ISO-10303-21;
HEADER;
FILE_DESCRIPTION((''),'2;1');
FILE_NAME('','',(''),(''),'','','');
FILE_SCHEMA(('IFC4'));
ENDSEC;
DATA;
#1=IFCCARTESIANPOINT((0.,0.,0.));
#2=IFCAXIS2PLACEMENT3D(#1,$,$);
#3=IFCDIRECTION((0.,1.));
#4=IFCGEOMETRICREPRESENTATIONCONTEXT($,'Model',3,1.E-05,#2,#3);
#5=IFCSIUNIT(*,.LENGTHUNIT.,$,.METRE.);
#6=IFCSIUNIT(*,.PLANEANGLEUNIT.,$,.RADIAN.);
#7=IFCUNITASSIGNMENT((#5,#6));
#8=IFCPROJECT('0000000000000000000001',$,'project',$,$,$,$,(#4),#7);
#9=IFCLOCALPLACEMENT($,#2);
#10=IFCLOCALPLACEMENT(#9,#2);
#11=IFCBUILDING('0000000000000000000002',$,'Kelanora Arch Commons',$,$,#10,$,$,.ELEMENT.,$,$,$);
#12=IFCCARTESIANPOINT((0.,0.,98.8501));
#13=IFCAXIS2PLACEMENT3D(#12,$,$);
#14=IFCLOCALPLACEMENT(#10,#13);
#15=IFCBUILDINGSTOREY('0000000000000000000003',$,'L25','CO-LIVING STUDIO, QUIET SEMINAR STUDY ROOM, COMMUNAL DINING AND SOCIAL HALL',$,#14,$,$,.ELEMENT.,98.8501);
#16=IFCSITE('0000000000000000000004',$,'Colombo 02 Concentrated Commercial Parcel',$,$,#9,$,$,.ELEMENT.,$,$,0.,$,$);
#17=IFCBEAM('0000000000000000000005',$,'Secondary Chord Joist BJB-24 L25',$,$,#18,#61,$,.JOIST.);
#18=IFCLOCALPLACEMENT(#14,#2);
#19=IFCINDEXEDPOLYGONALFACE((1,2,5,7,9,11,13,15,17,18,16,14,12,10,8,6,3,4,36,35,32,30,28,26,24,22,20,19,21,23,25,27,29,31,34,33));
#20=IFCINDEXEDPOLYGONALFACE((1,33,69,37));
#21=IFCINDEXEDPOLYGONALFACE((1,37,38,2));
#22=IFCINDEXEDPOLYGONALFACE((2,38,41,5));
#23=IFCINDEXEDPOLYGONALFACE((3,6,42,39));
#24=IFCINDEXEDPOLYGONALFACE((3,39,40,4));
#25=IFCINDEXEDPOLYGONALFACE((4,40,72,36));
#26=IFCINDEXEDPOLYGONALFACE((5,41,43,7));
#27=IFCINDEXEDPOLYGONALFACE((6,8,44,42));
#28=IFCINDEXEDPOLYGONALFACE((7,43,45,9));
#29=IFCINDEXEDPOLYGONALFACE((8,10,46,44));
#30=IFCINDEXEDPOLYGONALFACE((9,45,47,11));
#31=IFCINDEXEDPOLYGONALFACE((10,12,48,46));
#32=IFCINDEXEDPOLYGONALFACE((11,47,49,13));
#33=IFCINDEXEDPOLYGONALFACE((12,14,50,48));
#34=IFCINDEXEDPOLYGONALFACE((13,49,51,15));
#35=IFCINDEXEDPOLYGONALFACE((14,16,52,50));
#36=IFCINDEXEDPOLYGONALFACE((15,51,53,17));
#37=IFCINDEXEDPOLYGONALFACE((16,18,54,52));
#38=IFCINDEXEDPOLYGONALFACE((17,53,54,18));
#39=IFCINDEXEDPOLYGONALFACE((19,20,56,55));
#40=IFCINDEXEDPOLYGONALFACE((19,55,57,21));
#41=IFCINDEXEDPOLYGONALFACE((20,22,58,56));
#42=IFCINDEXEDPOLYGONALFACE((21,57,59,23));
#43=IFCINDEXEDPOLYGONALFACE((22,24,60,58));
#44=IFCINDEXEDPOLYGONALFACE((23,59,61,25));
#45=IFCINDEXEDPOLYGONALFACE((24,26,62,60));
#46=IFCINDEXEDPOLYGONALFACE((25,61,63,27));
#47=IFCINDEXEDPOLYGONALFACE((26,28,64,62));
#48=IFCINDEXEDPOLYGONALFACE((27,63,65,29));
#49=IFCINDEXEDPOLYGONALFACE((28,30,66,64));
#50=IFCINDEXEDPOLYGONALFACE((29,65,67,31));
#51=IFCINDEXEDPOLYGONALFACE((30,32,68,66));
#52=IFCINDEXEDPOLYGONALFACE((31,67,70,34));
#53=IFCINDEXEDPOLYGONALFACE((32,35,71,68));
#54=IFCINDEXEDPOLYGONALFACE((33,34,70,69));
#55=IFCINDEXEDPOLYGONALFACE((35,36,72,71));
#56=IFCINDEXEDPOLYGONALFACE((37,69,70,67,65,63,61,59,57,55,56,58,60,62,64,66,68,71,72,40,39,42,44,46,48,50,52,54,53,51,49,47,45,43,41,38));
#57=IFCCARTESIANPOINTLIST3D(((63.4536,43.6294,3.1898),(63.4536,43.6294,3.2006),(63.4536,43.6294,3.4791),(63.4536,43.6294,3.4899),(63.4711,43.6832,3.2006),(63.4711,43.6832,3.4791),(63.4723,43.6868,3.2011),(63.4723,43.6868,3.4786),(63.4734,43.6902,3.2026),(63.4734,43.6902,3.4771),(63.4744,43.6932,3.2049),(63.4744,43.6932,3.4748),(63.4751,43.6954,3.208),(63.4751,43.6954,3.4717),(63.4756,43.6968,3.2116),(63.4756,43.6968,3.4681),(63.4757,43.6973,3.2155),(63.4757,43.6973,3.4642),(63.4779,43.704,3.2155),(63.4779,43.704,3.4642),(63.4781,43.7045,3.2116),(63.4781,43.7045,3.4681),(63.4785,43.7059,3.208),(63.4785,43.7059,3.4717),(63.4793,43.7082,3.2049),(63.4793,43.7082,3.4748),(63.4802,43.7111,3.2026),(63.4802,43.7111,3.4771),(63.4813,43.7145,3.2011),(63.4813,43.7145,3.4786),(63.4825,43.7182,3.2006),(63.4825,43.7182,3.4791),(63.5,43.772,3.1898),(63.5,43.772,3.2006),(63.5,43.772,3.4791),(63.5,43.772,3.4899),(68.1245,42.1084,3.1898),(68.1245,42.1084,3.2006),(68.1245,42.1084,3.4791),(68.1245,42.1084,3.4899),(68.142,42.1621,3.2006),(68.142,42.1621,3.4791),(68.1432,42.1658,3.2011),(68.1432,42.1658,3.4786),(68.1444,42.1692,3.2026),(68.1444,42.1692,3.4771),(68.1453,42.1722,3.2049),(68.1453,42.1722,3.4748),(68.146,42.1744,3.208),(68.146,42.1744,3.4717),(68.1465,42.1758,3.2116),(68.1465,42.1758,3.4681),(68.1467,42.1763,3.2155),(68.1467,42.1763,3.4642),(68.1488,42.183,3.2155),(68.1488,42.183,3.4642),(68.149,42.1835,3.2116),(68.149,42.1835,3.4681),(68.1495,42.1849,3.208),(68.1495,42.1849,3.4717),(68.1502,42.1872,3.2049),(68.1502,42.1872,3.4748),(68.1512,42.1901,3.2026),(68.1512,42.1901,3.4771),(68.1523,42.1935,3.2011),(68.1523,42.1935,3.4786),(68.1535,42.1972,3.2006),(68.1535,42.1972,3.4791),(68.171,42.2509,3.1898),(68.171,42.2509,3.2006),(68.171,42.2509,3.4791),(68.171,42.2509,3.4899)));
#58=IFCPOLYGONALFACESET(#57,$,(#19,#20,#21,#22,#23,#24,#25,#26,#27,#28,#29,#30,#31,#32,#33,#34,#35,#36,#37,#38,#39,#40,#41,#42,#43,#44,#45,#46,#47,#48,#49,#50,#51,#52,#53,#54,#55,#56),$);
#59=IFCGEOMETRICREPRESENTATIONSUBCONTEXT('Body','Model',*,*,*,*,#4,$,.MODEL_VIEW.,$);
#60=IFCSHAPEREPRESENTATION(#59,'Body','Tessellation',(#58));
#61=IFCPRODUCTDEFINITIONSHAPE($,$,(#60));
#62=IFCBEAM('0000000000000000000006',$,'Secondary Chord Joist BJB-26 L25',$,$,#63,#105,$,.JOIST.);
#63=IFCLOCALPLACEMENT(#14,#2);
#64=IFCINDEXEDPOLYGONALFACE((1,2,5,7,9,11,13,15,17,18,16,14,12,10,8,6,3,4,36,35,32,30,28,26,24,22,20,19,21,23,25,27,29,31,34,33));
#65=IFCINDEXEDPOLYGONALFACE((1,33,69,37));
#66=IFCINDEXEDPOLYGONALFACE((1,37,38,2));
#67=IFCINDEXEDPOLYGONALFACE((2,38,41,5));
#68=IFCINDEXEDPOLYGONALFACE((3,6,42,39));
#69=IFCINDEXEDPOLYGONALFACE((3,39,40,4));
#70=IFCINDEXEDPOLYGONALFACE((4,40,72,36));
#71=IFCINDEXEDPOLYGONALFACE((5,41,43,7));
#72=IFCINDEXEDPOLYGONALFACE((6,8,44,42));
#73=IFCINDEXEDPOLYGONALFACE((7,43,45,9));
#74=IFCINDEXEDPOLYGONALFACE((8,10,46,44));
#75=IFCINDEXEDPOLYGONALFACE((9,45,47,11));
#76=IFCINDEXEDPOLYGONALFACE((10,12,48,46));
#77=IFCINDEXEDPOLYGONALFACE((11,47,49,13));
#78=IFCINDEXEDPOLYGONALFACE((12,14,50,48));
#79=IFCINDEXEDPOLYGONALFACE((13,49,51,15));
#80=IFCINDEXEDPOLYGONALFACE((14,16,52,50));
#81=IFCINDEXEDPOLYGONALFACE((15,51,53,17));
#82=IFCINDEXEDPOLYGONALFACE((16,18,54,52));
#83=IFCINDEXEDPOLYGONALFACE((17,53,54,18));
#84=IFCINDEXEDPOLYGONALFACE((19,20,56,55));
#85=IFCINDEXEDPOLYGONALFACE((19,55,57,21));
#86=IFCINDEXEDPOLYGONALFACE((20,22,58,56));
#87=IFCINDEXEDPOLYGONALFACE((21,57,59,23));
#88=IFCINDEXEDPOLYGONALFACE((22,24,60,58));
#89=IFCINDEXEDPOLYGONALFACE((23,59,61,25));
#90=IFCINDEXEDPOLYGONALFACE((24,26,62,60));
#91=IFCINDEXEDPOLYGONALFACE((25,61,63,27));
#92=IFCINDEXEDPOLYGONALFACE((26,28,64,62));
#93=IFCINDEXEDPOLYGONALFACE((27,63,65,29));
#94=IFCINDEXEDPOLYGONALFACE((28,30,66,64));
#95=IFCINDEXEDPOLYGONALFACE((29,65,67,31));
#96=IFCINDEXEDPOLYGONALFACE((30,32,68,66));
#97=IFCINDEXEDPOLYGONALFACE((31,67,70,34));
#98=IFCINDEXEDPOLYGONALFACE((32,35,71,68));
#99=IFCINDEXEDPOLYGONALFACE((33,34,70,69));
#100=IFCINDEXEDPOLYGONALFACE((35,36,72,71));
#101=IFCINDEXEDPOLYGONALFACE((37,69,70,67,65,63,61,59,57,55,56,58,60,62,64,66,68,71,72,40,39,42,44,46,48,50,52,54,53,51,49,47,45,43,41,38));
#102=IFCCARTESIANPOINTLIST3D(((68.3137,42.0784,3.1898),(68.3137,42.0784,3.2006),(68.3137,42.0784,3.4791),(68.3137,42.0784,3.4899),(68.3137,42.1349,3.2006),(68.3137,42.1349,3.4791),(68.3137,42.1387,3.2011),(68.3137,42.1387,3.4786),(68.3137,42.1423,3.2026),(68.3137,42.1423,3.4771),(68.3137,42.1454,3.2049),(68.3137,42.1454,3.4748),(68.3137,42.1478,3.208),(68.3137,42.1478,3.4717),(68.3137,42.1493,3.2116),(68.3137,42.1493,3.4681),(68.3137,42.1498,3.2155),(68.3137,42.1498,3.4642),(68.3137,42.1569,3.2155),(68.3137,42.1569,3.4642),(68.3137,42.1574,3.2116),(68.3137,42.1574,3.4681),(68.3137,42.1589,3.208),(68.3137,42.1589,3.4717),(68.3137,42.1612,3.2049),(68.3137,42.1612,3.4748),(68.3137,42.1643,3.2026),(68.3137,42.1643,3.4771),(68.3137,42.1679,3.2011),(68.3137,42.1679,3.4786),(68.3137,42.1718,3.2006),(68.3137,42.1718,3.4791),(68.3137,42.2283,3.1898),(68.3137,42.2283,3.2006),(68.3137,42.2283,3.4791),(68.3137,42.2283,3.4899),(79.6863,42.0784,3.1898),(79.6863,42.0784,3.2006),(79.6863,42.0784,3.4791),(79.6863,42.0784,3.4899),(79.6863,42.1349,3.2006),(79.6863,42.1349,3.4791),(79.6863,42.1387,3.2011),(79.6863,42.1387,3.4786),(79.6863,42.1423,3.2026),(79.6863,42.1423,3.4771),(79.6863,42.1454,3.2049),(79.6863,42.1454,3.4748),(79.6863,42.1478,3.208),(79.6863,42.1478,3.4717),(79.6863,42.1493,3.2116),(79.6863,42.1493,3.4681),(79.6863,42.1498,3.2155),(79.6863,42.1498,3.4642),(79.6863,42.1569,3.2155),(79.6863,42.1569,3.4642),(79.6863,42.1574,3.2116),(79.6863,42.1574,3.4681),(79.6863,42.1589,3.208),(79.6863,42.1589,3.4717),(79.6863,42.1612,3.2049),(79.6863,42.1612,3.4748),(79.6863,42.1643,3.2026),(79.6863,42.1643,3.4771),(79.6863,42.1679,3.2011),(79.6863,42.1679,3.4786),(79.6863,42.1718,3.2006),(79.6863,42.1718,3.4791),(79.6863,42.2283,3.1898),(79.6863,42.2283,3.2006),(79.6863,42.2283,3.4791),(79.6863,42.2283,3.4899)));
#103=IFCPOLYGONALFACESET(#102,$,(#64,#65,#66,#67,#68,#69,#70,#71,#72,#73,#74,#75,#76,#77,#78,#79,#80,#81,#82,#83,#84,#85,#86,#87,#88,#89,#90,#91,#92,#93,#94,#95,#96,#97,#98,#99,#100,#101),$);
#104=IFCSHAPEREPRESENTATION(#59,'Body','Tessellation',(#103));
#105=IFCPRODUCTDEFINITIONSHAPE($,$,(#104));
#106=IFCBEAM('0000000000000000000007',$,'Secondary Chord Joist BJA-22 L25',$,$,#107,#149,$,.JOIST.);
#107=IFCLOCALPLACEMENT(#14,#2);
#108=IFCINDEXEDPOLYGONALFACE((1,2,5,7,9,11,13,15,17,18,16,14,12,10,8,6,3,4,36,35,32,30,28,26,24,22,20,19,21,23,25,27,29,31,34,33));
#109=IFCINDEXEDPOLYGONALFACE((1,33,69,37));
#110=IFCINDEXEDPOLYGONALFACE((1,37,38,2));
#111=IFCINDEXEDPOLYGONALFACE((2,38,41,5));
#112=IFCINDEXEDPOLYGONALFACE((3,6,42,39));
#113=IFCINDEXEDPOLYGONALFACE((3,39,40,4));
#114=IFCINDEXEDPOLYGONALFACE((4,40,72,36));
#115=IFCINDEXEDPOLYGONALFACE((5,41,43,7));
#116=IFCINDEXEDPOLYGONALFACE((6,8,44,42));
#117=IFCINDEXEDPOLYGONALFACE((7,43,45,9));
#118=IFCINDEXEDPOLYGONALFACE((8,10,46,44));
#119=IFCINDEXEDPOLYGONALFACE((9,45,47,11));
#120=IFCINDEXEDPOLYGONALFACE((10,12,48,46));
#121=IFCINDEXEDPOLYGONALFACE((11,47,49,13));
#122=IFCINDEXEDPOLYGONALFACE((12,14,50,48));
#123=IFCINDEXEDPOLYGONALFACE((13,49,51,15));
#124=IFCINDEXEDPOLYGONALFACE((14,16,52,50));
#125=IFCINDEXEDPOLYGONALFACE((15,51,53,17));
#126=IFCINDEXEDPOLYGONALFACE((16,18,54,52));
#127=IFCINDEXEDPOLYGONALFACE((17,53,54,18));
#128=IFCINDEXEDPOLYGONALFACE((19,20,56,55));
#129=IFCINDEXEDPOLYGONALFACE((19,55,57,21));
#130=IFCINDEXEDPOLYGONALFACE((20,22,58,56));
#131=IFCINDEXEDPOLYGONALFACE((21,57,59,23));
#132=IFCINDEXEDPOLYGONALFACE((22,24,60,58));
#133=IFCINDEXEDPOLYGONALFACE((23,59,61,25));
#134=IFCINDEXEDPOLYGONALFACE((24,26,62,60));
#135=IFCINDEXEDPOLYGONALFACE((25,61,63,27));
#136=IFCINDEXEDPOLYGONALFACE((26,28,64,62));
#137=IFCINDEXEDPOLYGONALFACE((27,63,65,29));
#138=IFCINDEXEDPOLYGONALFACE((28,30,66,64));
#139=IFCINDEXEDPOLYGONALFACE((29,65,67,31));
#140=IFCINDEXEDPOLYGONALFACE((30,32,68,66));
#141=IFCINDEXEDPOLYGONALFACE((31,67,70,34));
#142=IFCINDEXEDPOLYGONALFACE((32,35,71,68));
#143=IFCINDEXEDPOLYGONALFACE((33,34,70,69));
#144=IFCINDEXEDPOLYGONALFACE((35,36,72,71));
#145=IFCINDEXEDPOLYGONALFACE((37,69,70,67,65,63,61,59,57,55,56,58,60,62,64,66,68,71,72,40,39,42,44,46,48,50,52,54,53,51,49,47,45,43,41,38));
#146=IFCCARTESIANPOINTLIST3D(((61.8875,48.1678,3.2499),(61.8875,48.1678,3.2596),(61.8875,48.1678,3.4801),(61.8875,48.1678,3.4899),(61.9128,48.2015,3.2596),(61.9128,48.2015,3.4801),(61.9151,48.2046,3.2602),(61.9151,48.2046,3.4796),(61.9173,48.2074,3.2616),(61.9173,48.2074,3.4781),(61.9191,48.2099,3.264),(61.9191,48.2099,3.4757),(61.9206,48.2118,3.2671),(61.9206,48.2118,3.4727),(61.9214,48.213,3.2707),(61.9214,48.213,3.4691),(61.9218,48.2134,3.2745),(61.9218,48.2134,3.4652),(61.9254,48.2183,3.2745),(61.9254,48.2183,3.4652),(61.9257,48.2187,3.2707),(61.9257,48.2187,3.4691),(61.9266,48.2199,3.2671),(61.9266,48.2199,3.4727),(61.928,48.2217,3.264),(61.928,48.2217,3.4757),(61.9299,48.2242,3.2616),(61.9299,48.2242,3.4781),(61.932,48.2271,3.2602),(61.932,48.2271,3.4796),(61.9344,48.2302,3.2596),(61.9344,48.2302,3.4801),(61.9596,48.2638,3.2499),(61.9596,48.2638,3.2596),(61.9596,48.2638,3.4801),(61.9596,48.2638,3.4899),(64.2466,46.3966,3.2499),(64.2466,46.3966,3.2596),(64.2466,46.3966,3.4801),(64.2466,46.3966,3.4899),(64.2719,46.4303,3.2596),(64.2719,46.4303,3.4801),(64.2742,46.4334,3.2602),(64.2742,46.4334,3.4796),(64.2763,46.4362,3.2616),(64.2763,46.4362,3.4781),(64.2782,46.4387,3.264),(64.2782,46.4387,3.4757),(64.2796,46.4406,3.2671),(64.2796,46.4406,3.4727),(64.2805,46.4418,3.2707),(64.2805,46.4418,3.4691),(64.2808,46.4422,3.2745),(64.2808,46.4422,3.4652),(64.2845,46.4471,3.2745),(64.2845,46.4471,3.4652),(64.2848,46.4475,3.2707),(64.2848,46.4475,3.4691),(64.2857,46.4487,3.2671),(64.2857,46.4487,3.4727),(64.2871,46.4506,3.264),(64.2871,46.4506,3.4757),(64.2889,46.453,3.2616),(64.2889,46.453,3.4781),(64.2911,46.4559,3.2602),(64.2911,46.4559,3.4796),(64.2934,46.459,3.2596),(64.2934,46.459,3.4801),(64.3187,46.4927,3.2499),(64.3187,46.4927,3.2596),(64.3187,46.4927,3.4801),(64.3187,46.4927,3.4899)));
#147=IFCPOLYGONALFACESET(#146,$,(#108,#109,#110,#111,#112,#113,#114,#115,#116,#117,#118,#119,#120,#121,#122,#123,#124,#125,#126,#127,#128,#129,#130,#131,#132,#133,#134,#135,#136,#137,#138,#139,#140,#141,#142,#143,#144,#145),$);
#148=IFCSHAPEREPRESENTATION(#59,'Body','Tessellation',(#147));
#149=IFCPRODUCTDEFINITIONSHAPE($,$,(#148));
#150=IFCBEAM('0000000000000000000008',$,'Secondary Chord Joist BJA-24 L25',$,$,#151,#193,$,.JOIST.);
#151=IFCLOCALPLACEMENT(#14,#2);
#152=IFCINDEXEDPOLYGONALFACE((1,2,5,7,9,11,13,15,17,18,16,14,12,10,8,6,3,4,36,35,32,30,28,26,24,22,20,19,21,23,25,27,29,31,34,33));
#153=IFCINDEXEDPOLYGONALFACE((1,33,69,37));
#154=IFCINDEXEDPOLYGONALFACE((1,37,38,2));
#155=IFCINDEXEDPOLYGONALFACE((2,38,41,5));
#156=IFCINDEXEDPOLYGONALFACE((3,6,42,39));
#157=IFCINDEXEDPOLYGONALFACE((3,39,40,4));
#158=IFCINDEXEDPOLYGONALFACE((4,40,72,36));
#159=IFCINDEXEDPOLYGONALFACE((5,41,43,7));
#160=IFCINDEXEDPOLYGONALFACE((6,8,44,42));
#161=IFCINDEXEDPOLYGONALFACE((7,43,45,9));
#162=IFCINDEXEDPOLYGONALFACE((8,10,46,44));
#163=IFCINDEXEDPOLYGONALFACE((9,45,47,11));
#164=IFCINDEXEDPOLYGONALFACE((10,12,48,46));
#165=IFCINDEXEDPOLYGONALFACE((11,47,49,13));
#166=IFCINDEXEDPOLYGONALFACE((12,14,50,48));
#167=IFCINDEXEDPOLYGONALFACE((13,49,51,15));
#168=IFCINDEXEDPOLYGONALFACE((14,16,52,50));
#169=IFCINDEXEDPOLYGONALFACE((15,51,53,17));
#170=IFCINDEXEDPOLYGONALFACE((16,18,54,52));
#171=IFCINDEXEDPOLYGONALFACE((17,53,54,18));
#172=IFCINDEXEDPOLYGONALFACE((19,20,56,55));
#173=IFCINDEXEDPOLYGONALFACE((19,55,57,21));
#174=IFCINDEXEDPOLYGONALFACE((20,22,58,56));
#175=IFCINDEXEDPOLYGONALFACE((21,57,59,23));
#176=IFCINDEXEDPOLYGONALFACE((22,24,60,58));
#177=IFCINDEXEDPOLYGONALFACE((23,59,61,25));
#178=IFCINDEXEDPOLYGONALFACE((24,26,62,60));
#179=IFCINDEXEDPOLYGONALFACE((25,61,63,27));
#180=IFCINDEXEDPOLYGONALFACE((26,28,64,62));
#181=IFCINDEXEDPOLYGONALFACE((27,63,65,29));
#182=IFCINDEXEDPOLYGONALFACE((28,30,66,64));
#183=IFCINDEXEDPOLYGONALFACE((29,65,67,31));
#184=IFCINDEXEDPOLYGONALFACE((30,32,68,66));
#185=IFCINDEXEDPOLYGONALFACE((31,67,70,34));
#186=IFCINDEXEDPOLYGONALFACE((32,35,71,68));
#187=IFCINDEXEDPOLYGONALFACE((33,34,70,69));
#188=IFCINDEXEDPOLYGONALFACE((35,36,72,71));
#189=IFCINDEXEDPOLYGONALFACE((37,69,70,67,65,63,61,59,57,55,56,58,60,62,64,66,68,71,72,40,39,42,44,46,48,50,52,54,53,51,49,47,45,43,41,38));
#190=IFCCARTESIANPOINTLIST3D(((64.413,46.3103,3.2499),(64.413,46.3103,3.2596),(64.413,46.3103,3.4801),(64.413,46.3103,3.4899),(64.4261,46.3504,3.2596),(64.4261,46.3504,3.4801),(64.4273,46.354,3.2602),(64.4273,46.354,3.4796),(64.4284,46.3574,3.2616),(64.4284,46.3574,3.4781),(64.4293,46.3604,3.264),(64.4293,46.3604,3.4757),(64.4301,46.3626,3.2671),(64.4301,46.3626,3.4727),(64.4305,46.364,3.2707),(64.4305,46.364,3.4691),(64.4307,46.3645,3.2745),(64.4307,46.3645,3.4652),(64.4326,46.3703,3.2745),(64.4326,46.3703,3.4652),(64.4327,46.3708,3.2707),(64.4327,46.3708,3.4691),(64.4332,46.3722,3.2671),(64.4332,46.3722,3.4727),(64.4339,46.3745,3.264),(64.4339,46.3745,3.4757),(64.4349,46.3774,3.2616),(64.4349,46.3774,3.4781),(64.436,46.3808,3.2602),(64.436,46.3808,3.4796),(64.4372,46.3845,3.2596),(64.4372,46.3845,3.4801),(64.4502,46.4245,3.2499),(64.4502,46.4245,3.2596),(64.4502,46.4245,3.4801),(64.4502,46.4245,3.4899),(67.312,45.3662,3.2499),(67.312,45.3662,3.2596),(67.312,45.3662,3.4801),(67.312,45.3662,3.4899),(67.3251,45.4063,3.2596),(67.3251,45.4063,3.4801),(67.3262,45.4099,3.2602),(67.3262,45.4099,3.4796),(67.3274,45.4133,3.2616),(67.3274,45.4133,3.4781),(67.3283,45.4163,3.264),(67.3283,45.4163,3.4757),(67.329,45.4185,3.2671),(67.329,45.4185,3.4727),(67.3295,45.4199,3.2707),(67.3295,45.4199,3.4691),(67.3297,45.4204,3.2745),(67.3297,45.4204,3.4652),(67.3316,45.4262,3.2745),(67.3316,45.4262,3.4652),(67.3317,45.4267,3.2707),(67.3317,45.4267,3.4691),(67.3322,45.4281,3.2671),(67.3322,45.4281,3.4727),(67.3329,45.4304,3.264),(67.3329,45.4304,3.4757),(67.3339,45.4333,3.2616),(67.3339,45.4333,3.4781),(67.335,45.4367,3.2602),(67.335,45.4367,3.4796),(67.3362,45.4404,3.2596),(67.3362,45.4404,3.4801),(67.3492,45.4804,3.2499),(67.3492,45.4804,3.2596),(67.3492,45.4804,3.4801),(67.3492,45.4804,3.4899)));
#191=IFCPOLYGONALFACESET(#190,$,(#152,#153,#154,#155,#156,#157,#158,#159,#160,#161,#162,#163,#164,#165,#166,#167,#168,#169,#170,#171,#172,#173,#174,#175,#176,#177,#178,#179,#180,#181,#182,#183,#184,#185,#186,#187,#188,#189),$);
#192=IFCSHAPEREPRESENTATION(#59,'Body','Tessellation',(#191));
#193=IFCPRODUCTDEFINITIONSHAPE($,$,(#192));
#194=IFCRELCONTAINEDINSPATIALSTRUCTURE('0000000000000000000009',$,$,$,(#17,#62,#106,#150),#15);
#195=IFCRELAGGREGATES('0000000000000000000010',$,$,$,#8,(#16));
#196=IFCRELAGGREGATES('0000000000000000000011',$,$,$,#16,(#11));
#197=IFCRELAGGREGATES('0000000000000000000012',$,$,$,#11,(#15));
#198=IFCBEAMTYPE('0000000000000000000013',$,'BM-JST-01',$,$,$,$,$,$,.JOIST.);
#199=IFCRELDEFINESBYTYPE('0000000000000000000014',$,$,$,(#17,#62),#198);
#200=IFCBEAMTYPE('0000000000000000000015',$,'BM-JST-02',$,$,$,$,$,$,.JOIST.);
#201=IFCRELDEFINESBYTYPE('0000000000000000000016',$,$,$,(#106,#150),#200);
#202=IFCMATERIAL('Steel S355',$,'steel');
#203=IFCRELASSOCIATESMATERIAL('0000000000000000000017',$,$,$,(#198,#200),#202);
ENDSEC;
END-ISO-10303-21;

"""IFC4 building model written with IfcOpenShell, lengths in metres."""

from ifc_helpers import new_model, si_unit, direction, frame, origin, origin_2d, place, context, subcontext, project, spatial, i_section, extrude, material, material_profile, profile_set, type_object, element, save


model = new_model("IFC4")

# Units and contexts
model_context = context("Model", 3, precision=1e-05, world=origin(), true_north=direction((0.0, 1.0)))
body_context = subcontext(model_context, "Body", "Model", "MODEL_VIEW")
ifc_project = project(units=[si_unit("LENGTHUNIT", "METRE"), si_unit("PLANEANGLEUNIT", "RADIAN")], contexts=[model_context])

# Site, building, storey
site_placement = place(None, origin())
site = spatial("IfcSite", under=ifc_project, at=site_placement, Name="Colombo 02 Concentrated Commercial Parcel", CompositionType="ELEMENT", RefElevation=0.0)
building_placement = place(site_placement, origin())
building = spatial("IfcBuilding", under=site, at=building_placement, Name="Kelanora Arch Commons", CompositionType="ELEMENT")
storey_placement = place(building_placement, frame((0.0, 0.0, 98.8501)))
storey = spatial("IfcBuildingStorey", under=building, at=storey_placement, Name="L25", Description="CO-LIVING STUDIO, QUIET SEMINAR STUDY ROOM, COMMUNAL DINING AND SOCIAL HALL", CompositionType="ELEMENT", Elevation=98.8501)

# Beams
ifc_material_1 = material(Name="Steel S355", Category="steel")
ifc_material_profile_1 = material_profile(ifc_material_1, i_section(OverallWidth=0.1499, OverallDepth=0.3, WebThickness=0.0071, FlangeThickness=0.0107, FilletRadius=0.0149, at=origin_2d()), Name="IPE300")
ifc_profile_set_1 = profile_set([ifc_material_profile_1], Name="Steel S355")
beam_type_1 = type_object("IfcBeamType", Name="BM-JST-01", PredefinedType="JOIST", material=ifc_profile_set_1)
beam_1_placement = place(storey_placement, frame((63.4768, 43.7007, 3.3398), z_axis=(0.950857, -0.30963, 0.0), x_axis=(0.30963, 0.950857, 0.0)))
element("IfcBeam", 1, at=beam_1_placement, inside=storey, type_object=beam_type_1, Name="Secondary Chord Joist BJB-24 L25", PredefinedType="JOIST", context=body_context, shape_type="SweptSolid", body=[
    extrude(i_section(OverallWidth=0.1499, OverallDepth=0.3, WebThickness=0.0071, FlangeThickness=0.0107, FilletRadius=0.0149, at=origin_2d()), origin(), (0.0, 0.0, 1.0), 4.9124),
])
beam_2_placement = place(storey_placement, frame((68.3137, 42.1533, 3.3398), z_axis=(1.0, 0.0, 0.0), x_axis=(0.0, 1.0, 0.0)))
element("IfcBeam", 2, at=beam_2_placement, inside=storey, type_object=beam_type_1, Name="Secondary Chord Joist BJB-26 L25", PredefinedType="JOIST", context=body_context, shape_type="SweptSolid", body=[
    extrude(i_section(OverallWidth=0.1499, OverallDepth=0.3, WebThickness=0.0071, FlangeThickness=0.0107, FilletRadius=0.0149, at=origin_2d()), origin(), (0.0, 0.0, 1.0), 11.3726),
])
ifc_material_profile_2 = material_profile(ifc_material_1, i_section(OverallWidth=0.1201, OverallDepth=0.24, WebThickness=0.0061, FlangeThickness=0.0098, FilletRadius=0.0149, at=origin_2d()), Name="IPE240")
ifc_profile_set_2 = profile_set([ifc_material_profile_2], Name="Steel S355")
beam_type_2 = type_object("IfcBeamType", Name="BM-JST-02", PredefinedType="JOIST", material=ifc_profile_set_2)
beam_3_placement = place(storey_placement, frame((61.9236, 48.2158, 3.3699), z_axis=(0.799692, -0.60041, 0.0), x_axis=(0.60041, 0.799692, 0.0)))
element("IfcBeam", 3, at=beam_3_placement, inside=storey, type_object=beam_type_2, Name="Secondary Chord Joist BJA-22 L25", PredefinedType="JOIST", context=body_context, shape_type="SweptSolid", body=[
    extrude(i_section(OverallWidth=0.1201, OverallDepth=0.24, WebThickness=0.0061, FlangeThickness=0.0098, FilletRadius=0.0149, at=origin_2d()), origin(), (0.0, 0.0, 1.0), 2.95),
])
beam_4_placement = place(storey_placement, frame((64.4316, 46.3674, 3.3699), z_axis=(0.950847, -0.309662, 0.0), x_axis=(0.309662, 0.950847, 0.0)))
element("IfcBeam", 4, at=beam_4_placement, inside=storey, type_object=beam_type_2, Name="Secondary Chord Joist BJA-24 L25", PredefinedType="JOIST", context=body_context, shape_type="SweptSolid", body=[
    extrude(i_section(OverallWidth=0.1201, OverallDepth=0.24, WebThickness=0.0061, FlangeThickness=0.0098, FilletRadius=0.0149, at=origin_2d()), origin(), (0.0, 0.0, 1.0), 3.0488),
])

save(model, "model.ifc")
